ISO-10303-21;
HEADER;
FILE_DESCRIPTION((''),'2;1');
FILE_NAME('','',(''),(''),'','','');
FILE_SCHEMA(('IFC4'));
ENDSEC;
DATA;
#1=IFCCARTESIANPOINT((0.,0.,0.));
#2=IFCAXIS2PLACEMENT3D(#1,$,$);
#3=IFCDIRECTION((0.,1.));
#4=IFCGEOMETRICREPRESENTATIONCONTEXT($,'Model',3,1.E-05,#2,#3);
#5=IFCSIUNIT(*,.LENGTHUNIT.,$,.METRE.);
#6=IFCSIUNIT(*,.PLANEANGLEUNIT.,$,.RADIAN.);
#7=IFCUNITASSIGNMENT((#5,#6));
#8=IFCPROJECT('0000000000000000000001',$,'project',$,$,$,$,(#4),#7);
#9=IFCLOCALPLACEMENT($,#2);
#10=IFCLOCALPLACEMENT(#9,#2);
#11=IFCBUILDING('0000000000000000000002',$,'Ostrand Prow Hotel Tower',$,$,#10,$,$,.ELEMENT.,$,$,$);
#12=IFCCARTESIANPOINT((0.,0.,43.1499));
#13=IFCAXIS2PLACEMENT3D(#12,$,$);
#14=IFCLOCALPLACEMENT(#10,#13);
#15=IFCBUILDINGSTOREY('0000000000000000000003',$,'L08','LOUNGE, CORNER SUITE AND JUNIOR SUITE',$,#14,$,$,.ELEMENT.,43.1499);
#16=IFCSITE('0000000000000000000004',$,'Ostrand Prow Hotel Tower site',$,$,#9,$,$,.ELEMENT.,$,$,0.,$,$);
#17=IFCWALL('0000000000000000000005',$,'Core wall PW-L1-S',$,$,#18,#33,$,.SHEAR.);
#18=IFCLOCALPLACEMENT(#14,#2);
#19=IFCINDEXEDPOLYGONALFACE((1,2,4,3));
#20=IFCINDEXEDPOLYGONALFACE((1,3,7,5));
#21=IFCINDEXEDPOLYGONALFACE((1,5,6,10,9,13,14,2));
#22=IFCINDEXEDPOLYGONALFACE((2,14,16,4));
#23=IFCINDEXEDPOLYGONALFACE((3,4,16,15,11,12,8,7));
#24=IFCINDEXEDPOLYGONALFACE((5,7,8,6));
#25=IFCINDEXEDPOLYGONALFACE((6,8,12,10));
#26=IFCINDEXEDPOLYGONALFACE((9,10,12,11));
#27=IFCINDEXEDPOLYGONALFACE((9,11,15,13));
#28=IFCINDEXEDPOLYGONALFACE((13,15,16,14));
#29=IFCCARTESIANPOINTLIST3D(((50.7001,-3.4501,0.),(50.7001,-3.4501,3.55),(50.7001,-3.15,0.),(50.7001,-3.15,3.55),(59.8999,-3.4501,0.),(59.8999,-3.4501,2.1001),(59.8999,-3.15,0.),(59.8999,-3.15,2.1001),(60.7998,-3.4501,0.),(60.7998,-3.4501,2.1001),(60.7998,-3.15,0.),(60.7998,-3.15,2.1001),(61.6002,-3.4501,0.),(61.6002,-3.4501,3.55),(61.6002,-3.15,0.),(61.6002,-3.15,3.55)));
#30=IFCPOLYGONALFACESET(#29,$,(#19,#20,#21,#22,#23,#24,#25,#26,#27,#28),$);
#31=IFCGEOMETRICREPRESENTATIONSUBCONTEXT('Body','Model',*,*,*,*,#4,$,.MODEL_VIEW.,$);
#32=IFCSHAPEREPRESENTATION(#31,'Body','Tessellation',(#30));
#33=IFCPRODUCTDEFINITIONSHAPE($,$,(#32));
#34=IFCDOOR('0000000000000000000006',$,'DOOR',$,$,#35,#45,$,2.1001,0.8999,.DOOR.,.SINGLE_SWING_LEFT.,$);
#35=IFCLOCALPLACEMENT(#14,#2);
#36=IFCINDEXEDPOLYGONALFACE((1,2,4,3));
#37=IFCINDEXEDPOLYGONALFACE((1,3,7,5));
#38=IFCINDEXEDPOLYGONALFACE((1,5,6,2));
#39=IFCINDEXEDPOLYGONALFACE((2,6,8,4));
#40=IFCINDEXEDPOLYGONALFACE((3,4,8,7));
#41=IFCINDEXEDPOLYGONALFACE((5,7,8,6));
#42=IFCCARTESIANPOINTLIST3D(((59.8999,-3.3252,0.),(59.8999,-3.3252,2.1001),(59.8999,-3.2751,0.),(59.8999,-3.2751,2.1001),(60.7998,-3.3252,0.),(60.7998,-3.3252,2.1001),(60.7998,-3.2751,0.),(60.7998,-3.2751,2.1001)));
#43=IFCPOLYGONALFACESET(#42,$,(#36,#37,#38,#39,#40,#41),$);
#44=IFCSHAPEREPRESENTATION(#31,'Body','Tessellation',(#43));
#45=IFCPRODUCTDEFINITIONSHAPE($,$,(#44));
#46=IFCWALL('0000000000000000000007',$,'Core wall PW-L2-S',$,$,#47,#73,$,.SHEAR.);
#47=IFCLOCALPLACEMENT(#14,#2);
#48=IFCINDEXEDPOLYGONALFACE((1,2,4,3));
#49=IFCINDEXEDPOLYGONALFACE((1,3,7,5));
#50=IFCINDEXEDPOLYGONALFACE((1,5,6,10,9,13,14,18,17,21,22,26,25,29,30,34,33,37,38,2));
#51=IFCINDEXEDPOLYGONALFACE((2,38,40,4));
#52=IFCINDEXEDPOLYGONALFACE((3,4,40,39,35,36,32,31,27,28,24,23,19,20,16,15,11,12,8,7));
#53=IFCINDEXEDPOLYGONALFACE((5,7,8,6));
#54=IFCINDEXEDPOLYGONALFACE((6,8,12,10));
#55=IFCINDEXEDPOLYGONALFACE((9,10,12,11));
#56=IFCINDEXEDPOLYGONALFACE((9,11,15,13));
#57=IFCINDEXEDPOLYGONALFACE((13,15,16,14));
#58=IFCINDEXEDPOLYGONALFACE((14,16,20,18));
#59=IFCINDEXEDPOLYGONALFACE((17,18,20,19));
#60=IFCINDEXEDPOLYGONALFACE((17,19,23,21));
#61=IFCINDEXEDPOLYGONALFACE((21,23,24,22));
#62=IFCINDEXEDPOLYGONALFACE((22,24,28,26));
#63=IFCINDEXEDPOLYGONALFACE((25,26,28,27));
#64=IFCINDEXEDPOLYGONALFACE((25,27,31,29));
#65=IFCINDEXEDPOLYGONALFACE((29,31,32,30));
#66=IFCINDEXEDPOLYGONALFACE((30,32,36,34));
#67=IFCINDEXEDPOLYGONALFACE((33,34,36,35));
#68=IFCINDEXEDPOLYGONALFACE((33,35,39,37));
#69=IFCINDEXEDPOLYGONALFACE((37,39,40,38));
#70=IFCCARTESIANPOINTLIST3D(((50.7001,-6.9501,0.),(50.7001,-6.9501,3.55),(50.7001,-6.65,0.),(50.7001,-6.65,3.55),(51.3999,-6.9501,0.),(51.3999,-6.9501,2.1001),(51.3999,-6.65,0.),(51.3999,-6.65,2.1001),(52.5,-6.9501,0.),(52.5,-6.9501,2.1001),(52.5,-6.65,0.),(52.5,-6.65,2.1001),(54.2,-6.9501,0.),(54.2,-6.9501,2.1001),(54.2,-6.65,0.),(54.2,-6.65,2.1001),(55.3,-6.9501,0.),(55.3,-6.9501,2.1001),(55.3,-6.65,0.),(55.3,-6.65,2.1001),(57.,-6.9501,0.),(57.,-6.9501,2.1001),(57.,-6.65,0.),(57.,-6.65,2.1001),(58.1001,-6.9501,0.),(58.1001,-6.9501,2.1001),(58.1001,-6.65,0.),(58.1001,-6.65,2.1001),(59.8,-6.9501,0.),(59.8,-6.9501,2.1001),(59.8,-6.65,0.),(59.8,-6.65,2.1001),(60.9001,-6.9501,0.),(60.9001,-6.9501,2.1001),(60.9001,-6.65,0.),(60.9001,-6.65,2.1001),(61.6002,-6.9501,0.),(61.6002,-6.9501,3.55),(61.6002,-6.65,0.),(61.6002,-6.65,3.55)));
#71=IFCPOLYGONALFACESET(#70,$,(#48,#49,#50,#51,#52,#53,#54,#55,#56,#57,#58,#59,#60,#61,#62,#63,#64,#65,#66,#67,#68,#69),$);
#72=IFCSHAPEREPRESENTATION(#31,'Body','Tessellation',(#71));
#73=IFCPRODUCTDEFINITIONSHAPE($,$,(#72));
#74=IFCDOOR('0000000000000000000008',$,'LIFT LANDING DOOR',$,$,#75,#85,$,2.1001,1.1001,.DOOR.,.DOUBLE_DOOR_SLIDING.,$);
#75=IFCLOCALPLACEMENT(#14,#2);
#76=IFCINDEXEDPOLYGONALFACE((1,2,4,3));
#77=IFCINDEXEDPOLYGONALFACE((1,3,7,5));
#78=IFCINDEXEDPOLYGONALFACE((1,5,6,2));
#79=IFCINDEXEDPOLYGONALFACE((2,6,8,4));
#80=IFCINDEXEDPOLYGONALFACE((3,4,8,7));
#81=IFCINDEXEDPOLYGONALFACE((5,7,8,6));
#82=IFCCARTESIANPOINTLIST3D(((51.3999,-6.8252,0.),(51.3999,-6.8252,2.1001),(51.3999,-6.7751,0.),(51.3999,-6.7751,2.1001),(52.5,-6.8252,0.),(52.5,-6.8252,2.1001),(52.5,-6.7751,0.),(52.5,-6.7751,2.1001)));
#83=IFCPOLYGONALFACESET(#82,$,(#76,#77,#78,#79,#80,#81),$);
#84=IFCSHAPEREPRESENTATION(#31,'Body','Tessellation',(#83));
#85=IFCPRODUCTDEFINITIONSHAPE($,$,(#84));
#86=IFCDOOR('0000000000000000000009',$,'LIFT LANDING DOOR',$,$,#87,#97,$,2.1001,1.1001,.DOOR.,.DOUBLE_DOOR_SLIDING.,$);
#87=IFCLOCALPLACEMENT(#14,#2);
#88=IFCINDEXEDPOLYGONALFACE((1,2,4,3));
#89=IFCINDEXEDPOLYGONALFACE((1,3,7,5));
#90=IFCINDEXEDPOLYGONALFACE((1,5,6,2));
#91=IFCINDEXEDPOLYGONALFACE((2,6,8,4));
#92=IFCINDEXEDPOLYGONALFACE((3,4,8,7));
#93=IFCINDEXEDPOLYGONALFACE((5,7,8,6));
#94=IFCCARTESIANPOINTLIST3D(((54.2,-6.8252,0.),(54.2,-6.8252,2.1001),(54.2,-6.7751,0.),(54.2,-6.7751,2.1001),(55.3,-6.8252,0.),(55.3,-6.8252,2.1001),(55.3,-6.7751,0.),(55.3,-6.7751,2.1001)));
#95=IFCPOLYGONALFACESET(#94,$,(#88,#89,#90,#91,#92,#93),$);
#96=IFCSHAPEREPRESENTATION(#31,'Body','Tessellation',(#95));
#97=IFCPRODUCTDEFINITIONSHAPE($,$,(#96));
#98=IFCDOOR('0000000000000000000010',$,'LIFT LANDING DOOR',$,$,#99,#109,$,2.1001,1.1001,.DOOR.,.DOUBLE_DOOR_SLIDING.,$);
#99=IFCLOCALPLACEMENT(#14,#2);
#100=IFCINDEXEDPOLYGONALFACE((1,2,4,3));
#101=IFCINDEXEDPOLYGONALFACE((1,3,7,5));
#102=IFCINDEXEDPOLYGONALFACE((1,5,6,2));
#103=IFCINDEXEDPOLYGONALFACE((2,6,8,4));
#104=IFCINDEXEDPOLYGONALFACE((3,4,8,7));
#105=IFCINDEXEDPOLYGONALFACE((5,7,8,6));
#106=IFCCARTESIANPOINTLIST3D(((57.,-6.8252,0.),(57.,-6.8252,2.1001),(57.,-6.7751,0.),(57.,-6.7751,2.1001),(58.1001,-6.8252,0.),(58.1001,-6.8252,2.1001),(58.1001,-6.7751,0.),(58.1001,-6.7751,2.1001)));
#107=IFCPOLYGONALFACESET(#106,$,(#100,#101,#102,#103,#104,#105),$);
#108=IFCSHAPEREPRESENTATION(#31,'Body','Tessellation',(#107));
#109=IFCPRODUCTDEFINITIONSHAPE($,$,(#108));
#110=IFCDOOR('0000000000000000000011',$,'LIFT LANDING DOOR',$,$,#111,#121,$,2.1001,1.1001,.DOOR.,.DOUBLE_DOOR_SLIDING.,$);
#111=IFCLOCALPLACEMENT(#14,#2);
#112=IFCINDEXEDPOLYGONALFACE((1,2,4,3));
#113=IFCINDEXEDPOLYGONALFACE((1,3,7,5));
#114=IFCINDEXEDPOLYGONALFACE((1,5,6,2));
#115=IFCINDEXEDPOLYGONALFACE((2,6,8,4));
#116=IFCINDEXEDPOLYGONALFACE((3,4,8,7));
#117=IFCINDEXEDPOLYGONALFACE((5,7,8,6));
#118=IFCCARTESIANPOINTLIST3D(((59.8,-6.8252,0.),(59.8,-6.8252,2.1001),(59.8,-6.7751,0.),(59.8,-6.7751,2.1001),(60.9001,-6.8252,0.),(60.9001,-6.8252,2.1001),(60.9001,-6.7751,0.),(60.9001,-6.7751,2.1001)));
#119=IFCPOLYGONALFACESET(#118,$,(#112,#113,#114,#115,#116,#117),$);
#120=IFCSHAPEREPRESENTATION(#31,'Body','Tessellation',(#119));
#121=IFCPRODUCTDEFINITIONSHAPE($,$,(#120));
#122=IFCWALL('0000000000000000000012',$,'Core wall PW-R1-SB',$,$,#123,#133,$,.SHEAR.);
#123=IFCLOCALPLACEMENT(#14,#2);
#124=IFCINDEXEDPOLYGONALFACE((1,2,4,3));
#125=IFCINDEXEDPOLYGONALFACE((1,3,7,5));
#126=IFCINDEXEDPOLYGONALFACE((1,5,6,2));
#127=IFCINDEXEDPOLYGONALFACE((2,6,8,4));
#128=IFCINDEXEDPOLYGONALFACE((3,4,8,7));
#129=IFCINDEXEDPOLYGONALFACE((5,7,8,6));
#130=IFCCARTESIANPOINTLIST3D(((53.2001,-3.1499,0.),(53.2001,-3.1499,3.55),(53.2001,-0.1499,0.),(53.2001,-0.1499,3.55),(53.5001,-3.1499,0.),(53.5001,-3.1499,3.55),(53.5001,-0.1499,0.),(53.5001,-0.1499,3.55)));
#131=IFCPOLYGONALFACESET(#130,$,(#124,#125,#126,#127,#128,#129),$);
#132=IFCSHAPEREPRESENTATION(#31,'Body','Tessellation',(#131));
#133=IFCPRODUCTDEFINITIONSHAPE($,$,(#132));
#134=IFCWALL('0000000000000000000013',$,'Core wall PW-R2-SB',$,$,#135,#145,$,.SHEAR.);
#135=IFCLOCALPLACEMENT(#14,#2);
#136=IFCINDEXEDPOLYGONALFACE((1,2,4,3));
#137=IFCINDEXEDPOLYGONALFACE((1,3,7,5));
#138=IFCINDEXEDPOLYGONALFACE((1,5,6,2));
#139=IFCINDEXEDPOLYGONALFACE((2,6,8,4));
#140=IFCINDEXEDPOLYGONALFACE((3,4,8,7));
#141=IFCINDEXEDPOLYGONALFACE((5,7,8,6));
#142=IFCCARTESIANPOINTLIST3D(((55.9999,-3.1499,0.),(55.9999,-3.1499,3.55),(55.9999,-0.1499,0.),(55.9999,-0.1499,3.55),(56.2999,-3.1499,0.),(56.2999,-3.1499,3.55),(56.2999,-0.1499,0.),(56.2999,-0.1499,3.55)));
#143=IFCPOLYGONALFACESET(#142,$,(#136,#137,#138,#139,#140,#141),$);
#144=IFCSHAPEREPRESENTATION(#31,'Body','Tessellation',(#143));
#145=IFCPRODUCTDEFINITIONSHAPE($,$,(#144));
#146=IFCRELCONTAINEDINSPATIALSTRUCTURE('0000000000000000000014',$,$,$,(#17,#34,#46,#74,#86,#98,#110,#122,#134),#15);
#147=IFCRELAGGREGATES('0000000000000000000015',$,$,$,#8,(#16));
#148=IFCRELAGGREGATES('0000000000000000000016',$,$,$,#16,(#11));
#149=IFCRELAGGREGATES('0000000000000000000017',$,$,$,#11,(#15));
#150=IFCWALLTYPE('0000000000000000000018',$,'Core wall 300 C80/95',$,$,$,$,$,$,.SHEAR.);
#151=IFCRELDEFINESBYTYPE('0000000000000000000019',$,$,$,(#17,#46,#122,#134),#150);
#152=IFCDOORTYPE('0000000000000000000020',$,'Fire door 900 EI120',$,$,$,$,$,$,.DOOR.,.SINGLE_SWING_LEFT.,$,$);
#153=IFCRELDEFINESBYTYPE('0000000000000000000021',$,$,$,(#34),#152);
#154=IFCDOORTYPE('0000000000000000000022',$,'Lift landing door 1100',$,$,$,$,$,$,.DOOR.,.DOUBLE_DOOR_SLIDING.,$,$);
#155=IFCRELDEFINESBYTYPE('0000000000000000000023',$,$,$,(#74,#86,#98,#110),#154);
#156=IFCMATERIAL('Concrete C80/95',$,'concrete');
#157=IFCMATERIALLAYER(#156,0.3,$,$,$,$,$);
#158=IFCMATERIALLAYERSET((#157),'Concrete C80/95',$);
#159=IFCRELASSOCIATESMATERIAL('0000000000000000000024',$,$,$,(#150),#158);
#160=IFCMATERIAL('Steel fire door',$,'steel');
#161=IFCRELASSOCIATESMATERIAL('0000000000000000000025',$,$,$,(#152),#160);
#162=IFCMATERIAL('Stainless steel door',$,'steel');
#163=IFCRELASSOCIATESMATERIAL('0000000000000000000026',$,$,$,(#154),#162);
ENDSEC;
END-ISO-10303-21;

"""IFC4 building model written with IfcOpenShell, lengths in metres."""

from ifc_helpers import new_model, si_unit, direction, frame, frame_2d, origin, place, context, subcontext, project, spatial, rectangle, extrude, material, layer, layer_set, type_object, element, fill, save


model = new_model("IFC4")

# Units and contexts
model_context = context("Model", 3, precision=1e-05, world=origin(), true_north=direction((0.0, 1.0)))
body_context = subcontext(model_context, "Body", "Model", "MODEL_VIEW")
ifc_project = project(units=[si_unit("LENGTHUNIT", "METRE"), si_unit("PLANEANGLEUNIT", "RADIAN")], contexts=[model_context])

# Site, building, storey
site_placement = place(None, origin())
site = spatial("IfcSite", under=ifc_project, at=site_placement, Name="Ostrand Prow Hotel Tower site", CompositionType="ELEMENT", RefElevation=0.0)
building_placement = place(site_placement, origin())
building = spatial("IfcBuilding", under=site, at=building_placement, Name="Ostrand Prow Hotel Tower", CompositionType="ELEMENT")
storey_placement = place(building_placement, frame((0.0, 0.0, 43.1499)))
storey = spatial("IfcBuildingStorey", under=building, at=storey_placement, Name="L08", Description="LOUNGE, CORNER SUITE AND JUNIOR SUITE", CompositionType="ELEMENT", Elevation=43.1499)

# Shared definitions
ifc_material_1 = material(Name="Concrete C80/95", Category="concrete")
ifc_layer_1 = layer(ifc_material_1, 0.3)
ifc_layer_set_1 = layer_set([ifc_layer_1], Name="Concrete C80/95")
wall_type_1 = type_object("IfcWallType", Name="Core wall 300 C80/95", PredefinedType="SHEAR", material=ifc_layer_set_1)

# Shared definitions
ifc_material_2 = material(Name="Steel fire door", Category="steel")
door_type_1 = type_object("IfcDoorType", Name="Fire door 900 EI120", OperationType="SINGLE_SWING_LEFT", PredefinedType="DOOR", material=ifc_material_2)

# Wall, opening, door
wall_1_placement = place(storey_placement, frame((50.7, -3.3, 0.0), z_axis=(0.0, 0.0, 1.0), x_axis=(1.0, 0.0, 0.0)))
wall_1 = element("IfcWall", 1, at=wall_1_placement, inside=storey, type_object=wall_type_1, Name="Core wall PW-L1-S", PredefinedType="SHEAR", context=body_context, shape_type="SweptSolid", body=[
    extrude(rectangle(XDim=10.9001, YDim=0.3, at=frame_2d((5.4502, 0.0))), origin(), (0.0, 0.0, 1.0), 3.55),
])
opening_1_placement = place(wall_1_placement, frame((9.2, 0.0, 0.0)))
opening_1 = element("IfcOpeningElement", 2, at=opening_1_placement, cuts=wall_1, PredefinedType="OPENING", context=body_context, shape_type="SweptSolid", body=[
    extrude(rectangle(XDim=0.8999, YDim=2.1001, at=frame_2d((0.45, 1.05))), frame((0.0, 0.1599, 0.0), z_axis=(0.0, -1.0, 0.0), x_axis=(1.0, 0.0, 0.0)), (0.0, 0.0, 1.0), 0.3201),
])
door_1_placement = place(opening_1_placement, origin())
door_1 = element("IfcDoor", 3, at=door_1_placement, inside=storey, type_object=door_type_1, Name="DOOR", OperationType="SINGLE_SWING_LEFT", OverallHeight=2.1001, OverallWidth=0.8999, PredefinedType="DOOR", context=body_context, shape_type="SweptSolid", body=[
    extrude(rectangle(XDim=0.8999, YDim=2.1001, at=frame_2d((0.45, 1.05))), frame((0.0, 0.0249, 0.0), z_axis=(0.0, -1.0, 0.0), x_axis=(1.0, 0.0, 0.0)), (0.0, 0.0, 1.0), 0.05),
])
fill(opening_1, door_1)

# Wall, openings, doors
wall_2_placement = place(storey_placement, frame((50.7, -6.8, 0.0), z_axis=(0.0, 0.0, 1.0), x_axis=(1.0, 0.0, 0.0)))
wall_2 = element("IfcWall", 4, at=wall_2_placement, inside=storey, type_object=wall_type_1, Name="Core wall PW-L2-S", PredefinedType="SHEAR", context=body_context, shape_type="SweptSolid", body=[
    extrude(rectangle(XDim=10.9001, YDim=0.3, at=frame_2d((5.4502, 0.0))), origin(), (0.0, 0.0, 1.0), 3.55),
])
opening_2_placement = place(wall_2_placement, frame((0.7, 0.0, 0.0)))
opening_2 = element("IfcOpeningElement", 5, at=opening_2_placement, cuts=wall_2, PredefinedType="OPENING", context=body_context, shape_type="SweptSolid", body=[
    extrude(rectangle(XDim=1.1001, YDim=2.1001, at=frame_2d((0.55, 1.05))), frame((0.0, 0.1599, 0.0), z_axis=(0.0, -1.0, 0.0), x_axis=(1.0, 0.0, 0.0)), (0.0, 0.0, 1.0), 0.3201),
])
opening_3_placement = place(wall_2_placement, frame((3.5, 0.0, 0.0)))
opening_3 = element("IfcOpeningElement", 6, at=opening_3_placement, cuts=wall_2, PredefinedType="OPENING", context=body_context, shape_type="SweptSolid", body=[
    extrude(rectangle(XDim=1.1001, YDim=2.1001, at=frame_2d((0.55, 1.05))), frame((0.0, 0.1599, 0.0), z_axis=(0.0, -1.0, 0.0), x_axis=(1.0, 0.0, 0.0)), (0.0, 0.0, 1.0), 0.3201),
])
opening_4_placement = place(wall_2_placement, frame((6.3, 0.0, 0.0)))
opening_4 = element("IfcOpeningElement", 7, at=opening_4_placement, cuts=wall_2, PredefinedType="OPENING", context=body_context, shape_type="SweptSolid", body=[
    extrude(rectangle(XDim=1.1001, YDim=2.1001, at=frame_2d((0.55, 1.05))), frame((0.0, 0.1599, 0.0), z_axis=(0.0, -1.0, 0.0), x_axis=(1.0, 0.0, 0.0)), (0.0, 0.0, 1.0), 0.3201),
])
opening_5_placement = place(wall_2_placement, frame((9.1001, 0.0, 0.0)))
opening_5 = element("IfcOpeningElement", 8, at=opening_5_placement, cuts=wall_2, PredefinedType="OPENING", context=body_context, shape_type="SweptSolid", body=[
    extrude(rectangle(XDim=1.1001, YDim=2.1001, at=frame_2d((0.55, 1.05))), frame((0.0, 0.1599, 0.0), z_axis=(0.0, -1.0, 0.0), x_axis=(1.0, 0.0, 0.0)), (0.0, 0.0, 1.0), 0.3201),
])
ifc_material_3 = material(Name="Stainless steel door", Category="steel")
door_type_2 = type_object("IfcDoorType", Name="Lift landing door 1100", OperationType="DOUBLE_DOOR_SLIDING", PredefinedType="DOOR", material=ifc_material_3)
door_2_placement = place(opening_2_placement, origin())
door_2 = element("IfcDoor", 9, at=door_2_placement, inside=storey, type_object=door_type_2, Name="LIFT LANDING DOOR", OperationType="DOUBLE_DOOR_SLIDING", OverallHeight=2.1001, OverallWidth=1.1001, PredefinedType="DOOR", context=body_context, shape_type="SweptSolid", body=[
    extrude(rectangle(XDim=1.1001, YDim=2.1001, at=frame_2d((0.55, 1.05))), frame((0.0, 0.0249, 0.0), z_axis=(0.0, -1.0, 0.0), x_axis=(1.0, 0.0, 0.0)), (0.0, 0.0, 1.0), 0.05),
])
fill(opening_2, door_2)
door_3_placement = place(opening_3_placement, origin())
door_3 = element("IfcDoor", 10, at=door_3_placement, inside=storey, type_object=door_type_2, Name="LIFT LANDING DOOR", OperationType="DOUBLE_DOOR_SLIDING", OverallHeight=2.1001, OverallWidth=1.1001, PredefinedType="DOOR", context=body_context, shape_type="SweptSolid", body=[
    extrude(rectangle(XDim=1.1001, YDim=2.1001, at=frame_2d((0.55, 1.05))), frame((0.0, 0.0249, 0.0), z_axis=(0.0, -1.0, 0.0), x_axis=(1.0, 0.0, 0.0)), (0.0, 0.0, 1.0), 0.05),
])
fill(opening_3, door_3)
door_4_placement = place(opening_4_placement, origin())
door_4 = element("IfcDoor", 11, at=door_4_placement, inside=storey, type_object=door_type_2, Name="LIFT LANDING DOOR", OperationType="DOUBLE_DOOR_SLIDING", OverallHeight=2.1001, OverallWidth=1.1001, PredefinedType="DOOR", context=body_context, shape_type="SweptSolid", body=[
    extrude(rectangle(XDim=1.1001, YDim=2.1001, at=frame_2d((0.55, 1.05))), frame((0.0, 0.0249, 0.0), z_axis=(0.0, -1.0, 0.0), x_axis=(1.0, 0.0, 0.0)), (0.0, 0.0, 1.0), 0.05),
])
fill(opening_4, door_4)
door_5_placement = place(opening_5_placement, origin())
door_5 = element("IfcDoor", 12, at=door_5_placement, inside=storey, type_object=door_type_2, Name="LIFT LANDING DOOR", OperationType="DOUBLE_DOOR_SLIDING", OverallHeight=2.1001, OverallWidth=1.1001, PredefinedType="DOOR", context=body_context, shape_type="SweptSolid", body=[
    extrude(rectangle(XDim=1.1001, YDim=2.1001, at=frame_2d((0.55, 1.05))), frame((0.0, 0.0249, 0.0), z_axis=(0.0, -1.0, 0.0), x_axis=(1.0, 0.0, 0.0)), (0.0, 0.0, 1.0), 0.05),
])
fill(opening_5, door_5)

# Walls
for number, where, z_axis, x_axis, name in (
    (13, (53.3501, -3.1499, 0.0), (0.0, 0.0, 1.0), (0.0, 1.0, 0.0), "Core wall PW-R1-SB"),
    (14, (56.1499, -3.1499, 0.0), (0.0, 0.0, 1.0), (0.0, 1.0, 0.0), "Core wall PW-R2-SB"),
):
    element("IfcWall", number, at=place(storey_placement, frame(where, z_axis=z_axis, x_axis=x_axis)), inside=storey, type_object=wall_type_1, Name=name, PredefinedType="SHEAR", context=body_context, shape_type="SweptSolid", body=[
        extrude(rectangle(XDim=3.0, YDim=0.3, at=frame_2d((1.5, 0.0))), origin(), (0.0, 0.0, 1.0), 3.55),
    ])

save(model, "model.ifc")
